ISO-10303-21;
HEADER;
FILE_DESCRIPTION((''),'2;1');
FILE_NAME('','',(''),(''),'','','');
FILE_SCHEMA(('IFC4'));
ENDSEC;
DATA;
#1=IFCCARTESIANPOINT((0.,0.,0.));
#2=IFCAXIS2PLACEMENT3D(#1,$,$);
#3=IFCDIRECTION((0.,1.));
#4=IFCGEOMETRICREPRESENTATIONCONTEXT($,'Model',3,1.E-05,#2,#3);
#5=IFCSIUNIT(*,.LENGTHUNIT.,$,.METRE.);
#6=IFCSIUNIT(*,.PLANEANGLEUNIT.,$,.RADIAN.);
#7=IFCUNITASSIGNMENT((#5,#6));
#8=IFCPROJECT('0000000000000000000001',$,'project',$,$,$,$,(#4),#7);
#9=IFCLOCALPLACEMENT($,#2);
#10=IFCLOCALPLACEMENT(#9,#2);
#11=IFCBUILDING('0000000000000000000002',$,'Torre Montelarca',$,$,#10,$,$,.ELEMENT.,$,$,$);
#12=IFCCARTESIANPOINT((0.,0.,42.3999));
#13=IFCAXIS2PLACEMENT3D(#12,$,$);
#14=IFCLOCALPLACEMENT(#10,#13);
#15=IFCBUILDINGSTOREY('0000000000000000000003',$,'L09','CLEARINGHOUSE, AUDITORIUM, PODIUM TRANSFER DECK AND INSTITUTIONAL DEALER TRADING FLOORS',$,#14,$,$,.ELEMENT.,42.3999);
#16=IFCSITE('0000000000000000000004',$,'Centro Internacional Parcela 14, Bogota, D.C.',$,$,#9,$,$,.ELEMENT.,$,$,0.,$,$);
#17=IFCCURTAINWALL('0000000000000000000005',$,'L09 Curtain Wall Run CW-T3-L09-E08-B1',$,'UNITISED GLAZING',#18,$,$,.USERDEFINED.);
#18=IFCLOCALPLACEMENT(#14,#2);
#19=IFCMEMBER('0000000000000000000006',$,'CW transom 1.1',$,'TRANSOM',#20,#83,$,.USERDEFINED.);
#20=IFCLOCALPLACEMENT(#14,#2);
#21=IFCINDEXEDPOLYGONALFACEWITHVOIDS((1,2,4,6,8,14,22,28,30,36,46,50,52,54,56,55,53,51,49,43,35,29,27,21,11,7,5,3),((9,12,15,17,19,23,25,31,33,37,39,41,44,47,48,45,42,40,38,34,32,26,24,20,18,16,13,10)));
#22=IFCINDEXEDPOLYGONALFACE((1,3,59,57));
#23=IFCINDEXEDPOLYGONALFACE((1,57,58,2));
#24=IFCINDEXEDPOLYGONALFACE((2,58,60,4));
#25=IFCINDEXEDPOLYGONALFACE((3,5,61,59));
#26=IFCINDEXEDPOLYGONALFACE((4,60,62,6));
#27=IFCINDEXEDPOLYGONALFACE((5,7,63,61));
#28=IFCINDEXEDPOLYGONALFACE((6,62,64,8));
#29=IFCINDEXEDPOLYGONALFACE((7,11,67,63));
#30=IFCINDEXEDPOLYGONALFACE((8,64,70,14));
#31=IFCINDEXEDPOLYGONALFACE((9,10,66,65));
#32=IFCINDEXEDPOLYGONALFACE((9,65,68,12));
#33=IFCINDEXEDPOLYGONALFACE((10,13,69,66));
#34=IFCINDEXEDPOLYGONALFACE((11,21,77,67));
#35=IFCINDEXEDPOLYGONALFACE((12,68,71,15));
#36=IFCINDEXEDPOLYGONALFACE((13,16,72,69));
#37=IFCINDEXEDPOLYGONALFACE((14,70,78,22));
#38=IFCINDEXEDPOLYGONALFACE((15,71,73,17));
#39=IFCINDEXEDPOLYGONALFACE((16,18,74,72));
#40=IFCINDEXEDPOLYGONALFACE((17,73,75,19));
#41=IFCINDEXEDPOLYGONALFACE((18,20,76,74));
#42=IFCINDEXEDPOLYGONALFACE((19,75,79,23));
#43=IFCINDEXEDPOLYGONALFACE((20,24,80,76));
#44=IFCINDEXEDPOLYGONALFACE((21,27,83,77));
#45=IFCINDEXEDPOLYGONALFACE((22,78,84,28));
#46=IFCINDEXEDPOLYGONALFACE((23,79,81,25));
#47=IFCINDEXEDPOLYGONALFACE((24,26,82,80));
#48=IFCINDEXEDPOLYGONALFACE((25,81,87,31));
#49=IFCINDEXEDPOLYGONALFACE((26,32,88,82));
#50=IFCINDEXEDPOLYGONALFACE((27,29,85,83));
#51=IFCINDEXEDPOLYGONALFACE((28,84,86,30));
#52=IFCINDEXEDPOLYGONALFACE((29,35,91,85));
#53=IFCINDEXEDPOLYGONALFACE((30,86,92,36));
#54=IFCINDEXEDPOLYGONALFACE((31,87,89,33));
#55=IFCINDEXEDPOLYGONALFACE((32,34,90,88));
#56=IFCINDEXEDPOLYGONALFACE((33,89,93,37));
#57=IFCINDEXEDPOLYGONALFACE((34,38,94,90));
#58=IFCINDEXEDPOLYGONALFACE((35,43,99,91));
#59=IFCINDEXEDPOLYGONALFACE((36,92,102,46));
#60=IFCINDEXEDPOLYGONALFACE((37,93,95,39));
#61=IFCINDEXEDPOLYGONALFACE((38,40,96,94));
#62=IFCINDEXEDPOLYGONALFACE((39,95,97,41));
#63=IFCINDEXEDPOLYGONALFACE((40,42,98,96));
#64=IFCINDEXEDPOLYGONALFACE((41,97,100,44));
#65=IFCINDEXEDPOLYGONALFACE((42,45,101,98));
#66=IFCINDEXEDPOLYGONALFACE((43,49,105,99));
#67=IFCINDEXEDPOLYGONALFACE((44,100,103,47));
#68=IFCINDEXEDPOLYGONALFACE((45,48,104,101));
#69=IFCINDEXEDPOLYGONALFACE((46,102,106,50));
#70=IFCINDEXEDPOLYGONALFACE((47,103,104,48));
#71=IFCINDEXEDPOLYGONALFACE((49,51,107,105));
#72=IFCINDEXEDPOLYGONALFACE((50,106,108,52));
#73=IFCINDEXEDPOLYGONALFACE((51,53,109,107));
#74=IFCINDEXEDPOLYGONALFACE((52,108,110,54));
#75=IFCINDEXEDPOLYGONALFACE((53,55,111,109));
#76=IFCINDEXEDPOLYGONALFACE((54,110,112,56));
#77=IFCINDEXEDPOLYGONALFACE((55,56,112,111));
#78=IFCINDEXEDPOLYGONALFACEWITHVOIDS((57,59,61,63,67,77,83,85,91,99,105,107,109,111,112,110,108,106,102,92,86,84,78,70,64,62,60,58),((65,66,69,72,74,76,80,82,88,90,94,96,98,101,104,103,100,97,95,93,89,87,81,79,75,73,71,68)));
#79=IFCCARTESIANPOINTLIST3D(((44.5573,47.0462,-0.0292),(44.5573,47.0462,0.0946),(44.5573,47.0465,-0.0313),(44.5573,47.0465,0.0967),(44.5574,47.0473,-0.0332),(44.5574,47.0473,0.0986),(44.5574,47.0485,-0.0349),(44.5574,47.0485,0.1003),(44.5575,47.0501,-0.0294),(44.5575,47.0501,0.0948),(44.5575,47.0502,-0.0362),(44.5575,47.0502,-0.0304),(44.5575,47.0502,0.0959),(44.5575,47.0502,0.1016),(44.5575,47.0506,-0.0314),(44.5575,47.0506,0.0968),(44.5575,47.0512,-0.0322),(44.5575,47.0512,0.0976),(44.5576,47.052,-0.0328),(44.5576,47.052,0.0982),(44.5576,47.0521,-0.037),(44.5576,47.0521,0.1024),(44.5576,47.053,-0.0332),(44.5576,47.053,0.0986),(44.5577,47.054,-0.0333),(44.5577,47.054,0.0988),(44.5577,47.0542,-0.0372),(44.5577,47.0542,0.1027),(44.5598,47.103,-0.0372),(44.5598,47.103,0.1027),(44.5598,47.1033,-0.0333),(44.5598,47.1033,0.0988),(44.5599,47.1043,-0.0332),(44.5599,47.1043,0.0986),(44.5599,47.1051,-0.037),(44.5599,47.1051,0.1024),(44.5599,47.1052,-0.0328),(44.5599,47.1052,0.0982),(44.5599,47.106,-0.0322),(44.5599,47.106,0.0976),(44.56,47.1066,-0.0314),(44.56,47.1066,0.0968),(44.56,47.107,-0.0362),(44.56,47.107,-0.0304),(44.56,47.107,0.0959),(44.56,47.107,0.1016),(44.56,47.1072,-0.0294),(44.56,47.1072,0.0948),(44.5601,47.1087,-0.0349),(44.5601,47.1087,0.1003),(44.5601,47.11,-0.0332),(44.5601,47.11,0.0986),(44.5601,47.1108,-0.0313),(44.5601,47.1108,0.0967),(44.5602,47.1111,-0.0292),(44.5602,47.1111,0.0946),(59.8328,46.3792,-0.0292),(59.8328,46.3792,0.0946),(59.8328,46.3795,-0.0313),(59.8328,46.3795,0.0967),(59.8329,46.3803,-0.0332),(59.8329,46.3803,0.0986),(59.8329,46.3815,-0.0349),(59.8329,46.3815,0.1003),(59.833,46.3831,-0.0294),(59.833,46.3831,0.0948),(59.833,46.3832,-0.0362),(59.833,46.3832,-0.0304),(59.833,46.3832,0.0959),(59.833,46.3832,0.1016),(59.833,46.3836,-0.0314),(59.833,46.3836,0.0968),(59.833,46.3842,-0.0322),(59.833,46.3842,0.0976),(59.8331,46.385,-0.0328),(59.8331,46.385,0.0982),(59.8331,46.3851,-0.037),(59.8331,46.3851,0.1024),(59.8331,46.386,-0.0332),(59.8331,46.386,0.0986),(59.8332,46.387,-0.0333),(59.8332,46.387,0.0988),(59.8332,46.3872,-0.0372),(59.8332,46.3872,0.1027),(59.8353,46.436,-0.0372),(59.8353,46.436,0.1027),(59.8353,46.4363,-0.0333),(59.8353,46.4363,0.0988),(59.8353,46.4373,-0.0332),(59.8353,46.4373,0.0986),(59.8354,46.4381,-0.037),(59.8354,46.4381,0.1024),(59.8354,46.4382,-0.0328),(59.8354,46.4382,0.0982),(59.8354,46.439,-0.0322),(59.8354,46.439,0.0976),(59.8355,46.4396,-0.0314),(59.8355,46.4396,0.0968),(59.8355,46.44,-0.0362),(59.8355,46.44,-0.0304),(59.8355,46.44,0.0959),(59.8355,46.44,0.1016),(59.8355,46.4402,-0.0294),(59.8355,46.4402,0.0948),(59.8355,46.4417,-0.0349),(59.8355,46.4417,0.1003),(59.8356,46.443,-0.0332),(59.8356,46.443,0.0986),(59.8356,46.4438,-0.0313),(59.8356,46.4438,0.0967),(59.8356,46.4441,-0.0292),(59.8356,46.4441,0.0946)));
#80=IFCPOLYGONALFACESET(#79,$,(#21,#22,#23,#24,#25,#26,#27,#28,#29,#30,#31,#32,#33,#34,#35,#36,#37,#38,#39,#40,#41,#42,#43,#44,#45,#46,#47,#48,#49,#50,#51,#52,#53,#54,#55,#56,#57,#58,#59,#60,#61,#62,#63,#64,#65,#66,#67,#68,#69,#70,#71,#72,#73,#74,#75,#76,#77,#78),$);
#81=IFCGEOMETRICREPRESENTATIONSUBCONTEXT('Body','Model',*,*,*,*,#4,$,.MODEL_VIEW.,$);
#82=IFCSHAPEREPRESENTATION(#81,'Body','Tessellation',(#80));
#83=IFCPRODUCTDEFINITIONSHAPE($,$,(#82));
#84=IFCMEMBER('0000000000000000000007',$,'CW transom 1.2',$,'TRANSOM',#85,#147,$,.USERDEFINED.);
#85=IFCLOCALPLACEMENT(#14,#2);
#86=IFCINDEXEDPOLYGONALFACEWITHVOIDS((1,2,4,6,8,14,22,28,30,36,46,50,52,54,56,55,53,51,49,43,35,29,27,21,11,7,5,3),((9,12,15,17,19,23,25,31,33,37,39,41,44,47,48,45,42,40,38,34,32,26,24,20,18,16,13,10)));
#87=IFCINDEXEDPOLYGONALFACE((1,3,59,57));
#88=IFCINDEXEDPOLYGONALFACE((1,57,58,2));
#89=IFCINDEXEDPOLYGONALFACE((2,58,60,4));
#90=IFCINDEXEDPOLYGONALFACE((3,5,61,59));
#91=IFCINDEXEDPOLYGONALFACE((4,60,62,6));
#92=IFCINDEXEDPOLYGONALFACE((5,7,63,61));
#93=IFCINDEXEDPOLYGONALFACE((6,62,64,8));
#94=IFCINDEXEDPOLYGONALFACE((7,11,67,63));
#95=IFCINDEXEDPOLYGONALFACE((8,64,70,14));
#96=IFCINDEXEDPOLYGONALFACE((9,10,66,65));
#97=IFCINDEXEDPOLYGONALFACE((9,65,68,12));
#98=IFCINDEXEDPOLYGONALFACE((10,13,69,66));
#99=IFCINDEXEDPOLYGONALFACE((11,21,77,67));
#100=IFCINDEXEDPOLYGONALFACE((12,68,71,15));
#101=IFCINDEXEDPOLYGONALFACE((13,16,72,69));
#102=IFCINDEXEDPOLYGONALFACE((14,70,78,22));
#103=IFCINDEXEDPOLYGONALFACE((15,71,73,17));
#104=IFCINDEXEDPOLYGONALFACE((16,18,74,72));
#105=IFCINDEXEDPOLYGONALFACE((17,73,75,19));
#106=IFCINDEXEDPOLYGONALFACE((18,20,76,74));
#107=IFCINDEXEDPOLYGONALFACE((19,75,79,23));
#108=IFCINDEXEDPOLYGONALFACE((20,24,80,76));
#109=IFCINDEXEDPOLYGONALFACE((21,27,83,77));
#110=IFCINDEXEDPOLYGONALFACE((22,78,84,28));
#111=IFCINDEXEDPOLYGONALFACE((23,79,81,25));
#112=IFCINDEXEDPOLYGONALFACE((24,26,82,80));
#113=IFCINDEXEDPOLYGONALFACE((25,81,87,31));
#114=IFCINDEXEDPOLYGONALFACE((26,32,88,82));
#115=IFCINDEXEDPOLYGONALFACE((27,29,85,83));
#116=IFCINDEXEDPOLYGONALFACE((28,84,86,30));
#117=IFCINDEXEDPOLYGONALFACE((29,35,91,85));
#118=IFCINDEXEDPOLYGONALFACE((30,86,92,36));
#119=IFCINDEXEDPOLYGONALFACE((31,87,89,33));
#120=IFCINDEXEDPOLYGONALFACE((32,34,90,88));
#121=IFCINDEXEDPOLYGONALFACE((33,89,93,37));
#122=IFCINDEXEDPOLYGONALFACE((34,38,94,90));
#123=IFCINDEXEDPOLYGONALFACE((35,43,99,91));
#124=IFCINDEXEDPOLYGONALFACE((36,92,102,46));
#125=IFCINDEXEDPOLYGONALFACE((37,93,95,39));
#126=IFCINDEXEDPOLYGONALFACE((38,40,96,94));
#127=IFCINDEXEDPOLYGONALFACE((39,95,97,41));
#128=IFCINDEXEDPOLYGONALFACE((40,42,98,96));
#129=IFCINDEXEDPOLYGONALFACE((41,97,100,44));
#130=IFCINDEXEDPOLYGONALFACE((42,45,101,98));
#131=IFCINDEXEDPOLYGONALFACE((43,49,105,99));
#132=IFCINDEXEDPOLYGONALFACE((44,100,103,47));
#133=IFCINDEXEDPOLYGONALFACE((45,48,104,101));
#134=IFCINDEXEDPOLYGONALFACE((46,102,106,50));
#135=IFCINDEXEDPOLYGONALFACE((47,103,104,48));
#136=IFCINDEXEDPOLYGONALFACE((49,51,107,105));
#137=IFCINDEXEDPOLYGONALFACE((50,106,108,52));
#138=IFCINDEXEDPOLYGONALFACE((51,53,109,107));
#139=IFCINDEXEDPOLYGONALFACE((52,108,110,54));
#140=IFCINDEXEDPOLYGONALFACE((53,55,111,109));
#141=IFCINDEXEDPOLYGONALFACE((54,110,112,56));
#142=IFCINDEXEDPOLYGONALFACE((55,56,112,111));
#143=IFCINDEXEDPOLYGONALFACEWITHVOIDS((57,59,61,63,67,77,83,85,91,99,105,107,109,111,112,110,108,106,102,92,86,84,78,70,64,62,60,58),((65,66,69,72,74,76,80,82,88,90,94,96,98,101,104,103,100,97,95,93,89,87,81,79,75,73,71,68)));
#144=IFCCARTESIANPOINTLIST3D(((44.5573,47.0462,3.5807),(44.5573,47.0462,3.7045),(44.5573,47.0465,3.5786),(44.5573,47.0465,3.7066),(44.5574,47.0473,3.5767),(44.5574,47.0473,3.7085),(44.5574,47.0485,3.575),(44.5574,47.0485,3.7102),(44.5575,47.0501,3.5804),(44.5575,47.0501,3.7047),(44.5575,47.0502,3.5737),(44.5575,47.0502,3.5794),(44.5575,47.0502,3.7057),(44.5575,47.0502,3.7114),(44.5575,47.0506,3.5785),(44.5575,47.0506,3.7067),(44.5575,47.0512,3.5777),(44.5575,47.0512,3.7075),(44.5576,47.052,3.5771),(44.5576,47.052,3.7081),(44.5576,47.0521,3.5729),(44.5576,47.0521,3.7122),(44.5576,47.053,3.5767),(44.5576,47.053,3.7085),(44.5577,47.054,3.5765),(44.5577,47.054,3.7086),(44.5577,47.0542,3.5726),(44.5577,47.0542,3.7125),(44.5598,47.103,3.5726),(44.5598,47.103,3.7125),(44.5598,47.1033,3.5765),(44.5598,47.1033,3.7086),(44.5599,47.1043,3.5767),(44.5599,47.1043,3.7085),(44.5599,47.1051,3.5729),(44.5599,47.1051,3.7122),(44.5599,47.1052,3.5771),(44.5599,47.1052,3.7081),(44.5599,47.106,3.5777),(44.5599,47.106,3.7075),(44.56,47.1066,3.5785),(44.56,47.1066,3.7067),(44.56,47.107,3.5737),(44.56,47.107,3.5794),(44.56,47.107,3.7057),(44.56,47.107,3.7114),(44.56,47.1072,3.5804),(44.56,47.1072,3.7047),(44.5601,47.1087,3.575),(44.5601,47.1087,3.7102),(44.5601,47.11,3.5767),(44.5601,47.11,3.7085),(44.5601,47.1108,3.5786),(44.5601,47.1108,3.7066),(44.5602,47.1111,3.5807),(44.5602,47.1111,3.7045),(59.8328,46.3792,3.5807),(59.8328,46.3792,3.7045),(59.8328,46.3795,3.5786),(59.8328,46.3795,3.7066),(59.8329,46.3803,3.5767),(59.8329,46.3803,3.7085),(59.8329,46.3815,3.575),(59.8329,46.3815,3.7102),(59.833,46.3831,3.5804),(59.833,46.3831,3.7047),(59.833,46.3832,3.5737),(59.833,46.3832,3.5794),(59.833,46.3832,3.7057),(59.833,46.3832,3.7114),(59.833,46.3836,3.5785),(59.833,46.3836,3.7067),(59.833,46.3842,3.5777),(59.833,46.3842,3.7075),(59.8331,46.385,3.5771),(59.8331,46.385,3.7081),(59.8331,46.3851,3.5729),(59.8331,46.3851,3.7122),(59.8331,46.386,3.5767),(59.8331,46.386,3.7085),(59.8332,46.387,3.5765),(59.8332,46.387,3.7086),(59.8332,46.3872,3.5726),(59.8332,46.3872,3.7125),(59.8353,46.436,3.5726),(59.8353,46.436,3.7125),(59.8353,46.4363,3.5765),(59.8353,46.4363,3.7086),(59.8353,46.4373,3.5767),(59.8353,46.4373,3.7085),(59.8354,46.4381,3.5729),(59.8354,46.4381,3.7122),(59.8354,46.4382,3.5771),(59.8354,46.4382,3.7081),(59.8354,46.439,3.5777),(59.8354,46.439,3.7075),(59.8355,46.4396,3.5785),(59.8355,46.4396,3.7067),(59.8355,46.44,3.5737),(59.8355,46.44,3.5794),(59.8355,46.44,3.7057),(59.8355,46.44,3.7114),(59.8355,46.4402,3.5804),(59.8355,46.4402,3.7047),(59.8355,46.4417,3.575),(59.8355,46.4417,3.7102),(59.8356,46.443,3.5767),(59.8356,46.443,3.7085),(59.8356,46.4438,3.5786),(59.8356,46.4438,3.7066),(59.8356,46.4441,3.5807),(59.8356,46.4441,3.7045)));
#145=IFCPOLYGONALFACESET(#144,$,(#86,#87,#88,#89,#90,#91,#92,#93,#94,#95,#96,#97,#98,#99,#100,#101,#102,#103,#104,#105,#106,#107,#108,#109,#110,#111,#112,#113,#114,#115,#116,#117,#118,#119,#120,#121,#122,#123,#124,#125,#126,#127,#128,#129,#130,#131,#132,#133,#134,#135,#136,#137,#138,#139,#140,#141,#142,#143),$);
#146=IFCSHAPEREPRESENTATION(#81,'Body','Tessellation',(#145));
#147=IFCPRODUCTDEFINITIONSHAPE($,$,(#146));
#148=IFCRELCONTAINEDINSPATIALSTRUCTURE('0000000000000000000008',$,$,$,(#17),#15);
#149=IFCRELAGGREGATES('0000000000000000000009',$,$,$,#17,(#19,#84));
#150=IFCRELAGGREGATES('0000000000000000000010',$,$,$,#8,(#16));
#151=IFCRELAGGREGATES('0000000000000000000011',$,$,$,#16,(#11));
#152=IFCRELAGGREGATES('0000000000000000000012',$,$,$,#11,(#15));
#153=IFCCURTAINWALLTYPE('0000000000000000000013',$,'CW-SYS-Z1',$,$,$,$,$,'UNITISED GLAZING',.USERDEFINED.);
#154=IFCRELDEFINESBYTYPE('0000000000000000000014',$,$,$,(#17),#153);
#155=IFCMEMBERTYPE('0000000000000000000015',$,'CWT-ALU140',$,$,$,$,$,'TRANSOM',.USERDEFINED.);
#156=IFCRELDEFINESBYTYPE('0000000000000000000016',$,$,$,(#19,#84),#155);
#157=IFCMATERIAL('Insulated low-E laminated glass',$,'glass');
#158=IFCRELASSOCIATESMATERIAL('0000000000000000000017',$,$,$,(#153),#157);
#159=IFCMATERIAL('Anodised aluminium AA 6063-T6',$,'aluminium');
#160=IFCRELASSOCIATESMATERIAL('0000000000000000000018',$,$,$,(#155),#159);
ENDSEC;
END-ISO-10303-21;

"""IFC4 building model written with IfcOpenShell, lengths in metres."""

from ifc_helpers import new_model, si_unit, direction, frame, origin, origin_2d, place, context, subcontext, project, spatial, hollow_rectangle, extrude, source, transform, mapped, material, material_profile, profile_set, type_object, element, aggregate, save


model = new_model("IFC4")

# Units and contexts
model_context = context("Model", 3, precision=1e-05, world=origin(), true_north=direction((0.0, 1.0)))
body_context = subcontext(model_context, "Body", "Model", "MODEL_VIEW")
ifc_project = project(units=[si_unit("LENGTHUNIT", "METRE"), si_unit("PLANEANGLEUNIT", "RADIAN")], contexts=[model_context])

# Site, building, storey
site_placement = place(None, origin())
site = spatial("IfcSite", under=ifc_project, at=site_placement, Name="Centro Internacional Parcela 14, Bogota, D.C.", CompositionType="ELEMENT", RefElevation=0.0)
building_placement = place(site_placement, origin())
building = spatial("IfcBuilding", under=site, at=building_placement, Name="Torre Montelarca", CompositionType="ELEMENT")
storey_placement = place(building_placement, frame((0.0, 0.0, 42.3999)))
storey = spatial("IfcBuildingStorey", under=building, at=storey_placement, Name="L09", Description="CLEARINGHOUSE, AUDITORIUM, PODIUM TRANSFER DECK AND INSTITUTIONAL DEALER TRADING FLOORS", CompositionType="ELEMENT", Elevation=42.3999)

# Shared definitions
ifc_material_1 = material(Name="Insulated low-E laminated glass", Category="glass")
curtain_wall_type = type_object("IfcCurtainWallType", Name="CW-SYS-Z1", ElementType="UNITISED GLAZING", PredefinedType="USERDEFINED", material=ifc_material_1)
ifc_material_2 = material(Name="Anodised aluminium AA 6063-T6", Category="aluminium")
ifc_material_profile_1 = material_profile(ifc_material_2, hollow_rectangle(XDim=0.0649, YDim=0.1399, WallThickness=0.0039, InnerFilletRadius=0.0039, OuterFilletRadius=0.0081, at=origin_2d()), Name="ALU65X140X4", Category="aluminium")
ifc_profile_set_1 = profile_set([ifc_material_profile_1], Name="Anodised aluminium AA 6063-T6")
member_type_1 = type_object("IfcMemberType", Name="CWT-ALU140", ElementType="TRANSOM", PredefinedType="USERDEFINED", material=ifc_profile_set_1)

# Curtain wall, members
curtain_wall_1_placement = place(storey_placement, origin())
curtain_wall_1 = element("IfcCurtainWall", 1, at=curtain_wall_1_placement, inside=storey, type_object=curtain_wall_type, Name="L09 Curtain Wall Run CW-T3-L09-E08-B1", ObjectType="UNITISED GLAZING", PredefinedType="USERDEFINED")
shared_shape_1 = source(origin(), body_context, "Body", "SweptSolid", [
    extrude(hollow_rectangle(XDim=0.0649, YDim=0.1399, WallThickness=0.0039, InnerFilletRadius=0.0039, OuterFilletRadius=0.0081, at=origin_2d()), origin(), (0.0, 0.0, 1.0), 15.29),
])
member_1_placement = place(storey_placement, frame((59.8342, 46.4116, 0.0327), z_axis=(-0.999048, 0.043623, 0.0), x_axis=(-0.043623, -0.999048, 0.0)))
member_1 = element("IfcMember", 2, at=member_1_placement, type_object=member_type_1, Name="CW transom 1.1", ObjectType="TRANSOM", PredefinedType="USERDEFINED", context=body_context, shape_type="MappedRepresentation", body=[
    mapped(shared_shape_1, transform((0.0, 0.0, 0.0), scale=1.0)),
])
member_2_placement = place(storey_placement, frame((59.8342, 46.4116, 3.6426), z_axis=(-0.999048, 0.043623, 0.0), x_axis=(-0.043623, -0.999048, 0.0)))
member_2 = element("IfcMember", 3, at=member_2_placement, type_object=member_type_1, Name="CW transom 1.2", ObjectType="TRANSOM", PredefinedType="USERDEFINED", context=body_context, shape_type="MappedRepresentation", body=[
    mapped(shared_shape_1, transform((0.0, 0.0, 0.0), scale=1.0)),
])

aggregate(curtain_wall_1, [member_1, member_2])

save(model, "model.ifc")
